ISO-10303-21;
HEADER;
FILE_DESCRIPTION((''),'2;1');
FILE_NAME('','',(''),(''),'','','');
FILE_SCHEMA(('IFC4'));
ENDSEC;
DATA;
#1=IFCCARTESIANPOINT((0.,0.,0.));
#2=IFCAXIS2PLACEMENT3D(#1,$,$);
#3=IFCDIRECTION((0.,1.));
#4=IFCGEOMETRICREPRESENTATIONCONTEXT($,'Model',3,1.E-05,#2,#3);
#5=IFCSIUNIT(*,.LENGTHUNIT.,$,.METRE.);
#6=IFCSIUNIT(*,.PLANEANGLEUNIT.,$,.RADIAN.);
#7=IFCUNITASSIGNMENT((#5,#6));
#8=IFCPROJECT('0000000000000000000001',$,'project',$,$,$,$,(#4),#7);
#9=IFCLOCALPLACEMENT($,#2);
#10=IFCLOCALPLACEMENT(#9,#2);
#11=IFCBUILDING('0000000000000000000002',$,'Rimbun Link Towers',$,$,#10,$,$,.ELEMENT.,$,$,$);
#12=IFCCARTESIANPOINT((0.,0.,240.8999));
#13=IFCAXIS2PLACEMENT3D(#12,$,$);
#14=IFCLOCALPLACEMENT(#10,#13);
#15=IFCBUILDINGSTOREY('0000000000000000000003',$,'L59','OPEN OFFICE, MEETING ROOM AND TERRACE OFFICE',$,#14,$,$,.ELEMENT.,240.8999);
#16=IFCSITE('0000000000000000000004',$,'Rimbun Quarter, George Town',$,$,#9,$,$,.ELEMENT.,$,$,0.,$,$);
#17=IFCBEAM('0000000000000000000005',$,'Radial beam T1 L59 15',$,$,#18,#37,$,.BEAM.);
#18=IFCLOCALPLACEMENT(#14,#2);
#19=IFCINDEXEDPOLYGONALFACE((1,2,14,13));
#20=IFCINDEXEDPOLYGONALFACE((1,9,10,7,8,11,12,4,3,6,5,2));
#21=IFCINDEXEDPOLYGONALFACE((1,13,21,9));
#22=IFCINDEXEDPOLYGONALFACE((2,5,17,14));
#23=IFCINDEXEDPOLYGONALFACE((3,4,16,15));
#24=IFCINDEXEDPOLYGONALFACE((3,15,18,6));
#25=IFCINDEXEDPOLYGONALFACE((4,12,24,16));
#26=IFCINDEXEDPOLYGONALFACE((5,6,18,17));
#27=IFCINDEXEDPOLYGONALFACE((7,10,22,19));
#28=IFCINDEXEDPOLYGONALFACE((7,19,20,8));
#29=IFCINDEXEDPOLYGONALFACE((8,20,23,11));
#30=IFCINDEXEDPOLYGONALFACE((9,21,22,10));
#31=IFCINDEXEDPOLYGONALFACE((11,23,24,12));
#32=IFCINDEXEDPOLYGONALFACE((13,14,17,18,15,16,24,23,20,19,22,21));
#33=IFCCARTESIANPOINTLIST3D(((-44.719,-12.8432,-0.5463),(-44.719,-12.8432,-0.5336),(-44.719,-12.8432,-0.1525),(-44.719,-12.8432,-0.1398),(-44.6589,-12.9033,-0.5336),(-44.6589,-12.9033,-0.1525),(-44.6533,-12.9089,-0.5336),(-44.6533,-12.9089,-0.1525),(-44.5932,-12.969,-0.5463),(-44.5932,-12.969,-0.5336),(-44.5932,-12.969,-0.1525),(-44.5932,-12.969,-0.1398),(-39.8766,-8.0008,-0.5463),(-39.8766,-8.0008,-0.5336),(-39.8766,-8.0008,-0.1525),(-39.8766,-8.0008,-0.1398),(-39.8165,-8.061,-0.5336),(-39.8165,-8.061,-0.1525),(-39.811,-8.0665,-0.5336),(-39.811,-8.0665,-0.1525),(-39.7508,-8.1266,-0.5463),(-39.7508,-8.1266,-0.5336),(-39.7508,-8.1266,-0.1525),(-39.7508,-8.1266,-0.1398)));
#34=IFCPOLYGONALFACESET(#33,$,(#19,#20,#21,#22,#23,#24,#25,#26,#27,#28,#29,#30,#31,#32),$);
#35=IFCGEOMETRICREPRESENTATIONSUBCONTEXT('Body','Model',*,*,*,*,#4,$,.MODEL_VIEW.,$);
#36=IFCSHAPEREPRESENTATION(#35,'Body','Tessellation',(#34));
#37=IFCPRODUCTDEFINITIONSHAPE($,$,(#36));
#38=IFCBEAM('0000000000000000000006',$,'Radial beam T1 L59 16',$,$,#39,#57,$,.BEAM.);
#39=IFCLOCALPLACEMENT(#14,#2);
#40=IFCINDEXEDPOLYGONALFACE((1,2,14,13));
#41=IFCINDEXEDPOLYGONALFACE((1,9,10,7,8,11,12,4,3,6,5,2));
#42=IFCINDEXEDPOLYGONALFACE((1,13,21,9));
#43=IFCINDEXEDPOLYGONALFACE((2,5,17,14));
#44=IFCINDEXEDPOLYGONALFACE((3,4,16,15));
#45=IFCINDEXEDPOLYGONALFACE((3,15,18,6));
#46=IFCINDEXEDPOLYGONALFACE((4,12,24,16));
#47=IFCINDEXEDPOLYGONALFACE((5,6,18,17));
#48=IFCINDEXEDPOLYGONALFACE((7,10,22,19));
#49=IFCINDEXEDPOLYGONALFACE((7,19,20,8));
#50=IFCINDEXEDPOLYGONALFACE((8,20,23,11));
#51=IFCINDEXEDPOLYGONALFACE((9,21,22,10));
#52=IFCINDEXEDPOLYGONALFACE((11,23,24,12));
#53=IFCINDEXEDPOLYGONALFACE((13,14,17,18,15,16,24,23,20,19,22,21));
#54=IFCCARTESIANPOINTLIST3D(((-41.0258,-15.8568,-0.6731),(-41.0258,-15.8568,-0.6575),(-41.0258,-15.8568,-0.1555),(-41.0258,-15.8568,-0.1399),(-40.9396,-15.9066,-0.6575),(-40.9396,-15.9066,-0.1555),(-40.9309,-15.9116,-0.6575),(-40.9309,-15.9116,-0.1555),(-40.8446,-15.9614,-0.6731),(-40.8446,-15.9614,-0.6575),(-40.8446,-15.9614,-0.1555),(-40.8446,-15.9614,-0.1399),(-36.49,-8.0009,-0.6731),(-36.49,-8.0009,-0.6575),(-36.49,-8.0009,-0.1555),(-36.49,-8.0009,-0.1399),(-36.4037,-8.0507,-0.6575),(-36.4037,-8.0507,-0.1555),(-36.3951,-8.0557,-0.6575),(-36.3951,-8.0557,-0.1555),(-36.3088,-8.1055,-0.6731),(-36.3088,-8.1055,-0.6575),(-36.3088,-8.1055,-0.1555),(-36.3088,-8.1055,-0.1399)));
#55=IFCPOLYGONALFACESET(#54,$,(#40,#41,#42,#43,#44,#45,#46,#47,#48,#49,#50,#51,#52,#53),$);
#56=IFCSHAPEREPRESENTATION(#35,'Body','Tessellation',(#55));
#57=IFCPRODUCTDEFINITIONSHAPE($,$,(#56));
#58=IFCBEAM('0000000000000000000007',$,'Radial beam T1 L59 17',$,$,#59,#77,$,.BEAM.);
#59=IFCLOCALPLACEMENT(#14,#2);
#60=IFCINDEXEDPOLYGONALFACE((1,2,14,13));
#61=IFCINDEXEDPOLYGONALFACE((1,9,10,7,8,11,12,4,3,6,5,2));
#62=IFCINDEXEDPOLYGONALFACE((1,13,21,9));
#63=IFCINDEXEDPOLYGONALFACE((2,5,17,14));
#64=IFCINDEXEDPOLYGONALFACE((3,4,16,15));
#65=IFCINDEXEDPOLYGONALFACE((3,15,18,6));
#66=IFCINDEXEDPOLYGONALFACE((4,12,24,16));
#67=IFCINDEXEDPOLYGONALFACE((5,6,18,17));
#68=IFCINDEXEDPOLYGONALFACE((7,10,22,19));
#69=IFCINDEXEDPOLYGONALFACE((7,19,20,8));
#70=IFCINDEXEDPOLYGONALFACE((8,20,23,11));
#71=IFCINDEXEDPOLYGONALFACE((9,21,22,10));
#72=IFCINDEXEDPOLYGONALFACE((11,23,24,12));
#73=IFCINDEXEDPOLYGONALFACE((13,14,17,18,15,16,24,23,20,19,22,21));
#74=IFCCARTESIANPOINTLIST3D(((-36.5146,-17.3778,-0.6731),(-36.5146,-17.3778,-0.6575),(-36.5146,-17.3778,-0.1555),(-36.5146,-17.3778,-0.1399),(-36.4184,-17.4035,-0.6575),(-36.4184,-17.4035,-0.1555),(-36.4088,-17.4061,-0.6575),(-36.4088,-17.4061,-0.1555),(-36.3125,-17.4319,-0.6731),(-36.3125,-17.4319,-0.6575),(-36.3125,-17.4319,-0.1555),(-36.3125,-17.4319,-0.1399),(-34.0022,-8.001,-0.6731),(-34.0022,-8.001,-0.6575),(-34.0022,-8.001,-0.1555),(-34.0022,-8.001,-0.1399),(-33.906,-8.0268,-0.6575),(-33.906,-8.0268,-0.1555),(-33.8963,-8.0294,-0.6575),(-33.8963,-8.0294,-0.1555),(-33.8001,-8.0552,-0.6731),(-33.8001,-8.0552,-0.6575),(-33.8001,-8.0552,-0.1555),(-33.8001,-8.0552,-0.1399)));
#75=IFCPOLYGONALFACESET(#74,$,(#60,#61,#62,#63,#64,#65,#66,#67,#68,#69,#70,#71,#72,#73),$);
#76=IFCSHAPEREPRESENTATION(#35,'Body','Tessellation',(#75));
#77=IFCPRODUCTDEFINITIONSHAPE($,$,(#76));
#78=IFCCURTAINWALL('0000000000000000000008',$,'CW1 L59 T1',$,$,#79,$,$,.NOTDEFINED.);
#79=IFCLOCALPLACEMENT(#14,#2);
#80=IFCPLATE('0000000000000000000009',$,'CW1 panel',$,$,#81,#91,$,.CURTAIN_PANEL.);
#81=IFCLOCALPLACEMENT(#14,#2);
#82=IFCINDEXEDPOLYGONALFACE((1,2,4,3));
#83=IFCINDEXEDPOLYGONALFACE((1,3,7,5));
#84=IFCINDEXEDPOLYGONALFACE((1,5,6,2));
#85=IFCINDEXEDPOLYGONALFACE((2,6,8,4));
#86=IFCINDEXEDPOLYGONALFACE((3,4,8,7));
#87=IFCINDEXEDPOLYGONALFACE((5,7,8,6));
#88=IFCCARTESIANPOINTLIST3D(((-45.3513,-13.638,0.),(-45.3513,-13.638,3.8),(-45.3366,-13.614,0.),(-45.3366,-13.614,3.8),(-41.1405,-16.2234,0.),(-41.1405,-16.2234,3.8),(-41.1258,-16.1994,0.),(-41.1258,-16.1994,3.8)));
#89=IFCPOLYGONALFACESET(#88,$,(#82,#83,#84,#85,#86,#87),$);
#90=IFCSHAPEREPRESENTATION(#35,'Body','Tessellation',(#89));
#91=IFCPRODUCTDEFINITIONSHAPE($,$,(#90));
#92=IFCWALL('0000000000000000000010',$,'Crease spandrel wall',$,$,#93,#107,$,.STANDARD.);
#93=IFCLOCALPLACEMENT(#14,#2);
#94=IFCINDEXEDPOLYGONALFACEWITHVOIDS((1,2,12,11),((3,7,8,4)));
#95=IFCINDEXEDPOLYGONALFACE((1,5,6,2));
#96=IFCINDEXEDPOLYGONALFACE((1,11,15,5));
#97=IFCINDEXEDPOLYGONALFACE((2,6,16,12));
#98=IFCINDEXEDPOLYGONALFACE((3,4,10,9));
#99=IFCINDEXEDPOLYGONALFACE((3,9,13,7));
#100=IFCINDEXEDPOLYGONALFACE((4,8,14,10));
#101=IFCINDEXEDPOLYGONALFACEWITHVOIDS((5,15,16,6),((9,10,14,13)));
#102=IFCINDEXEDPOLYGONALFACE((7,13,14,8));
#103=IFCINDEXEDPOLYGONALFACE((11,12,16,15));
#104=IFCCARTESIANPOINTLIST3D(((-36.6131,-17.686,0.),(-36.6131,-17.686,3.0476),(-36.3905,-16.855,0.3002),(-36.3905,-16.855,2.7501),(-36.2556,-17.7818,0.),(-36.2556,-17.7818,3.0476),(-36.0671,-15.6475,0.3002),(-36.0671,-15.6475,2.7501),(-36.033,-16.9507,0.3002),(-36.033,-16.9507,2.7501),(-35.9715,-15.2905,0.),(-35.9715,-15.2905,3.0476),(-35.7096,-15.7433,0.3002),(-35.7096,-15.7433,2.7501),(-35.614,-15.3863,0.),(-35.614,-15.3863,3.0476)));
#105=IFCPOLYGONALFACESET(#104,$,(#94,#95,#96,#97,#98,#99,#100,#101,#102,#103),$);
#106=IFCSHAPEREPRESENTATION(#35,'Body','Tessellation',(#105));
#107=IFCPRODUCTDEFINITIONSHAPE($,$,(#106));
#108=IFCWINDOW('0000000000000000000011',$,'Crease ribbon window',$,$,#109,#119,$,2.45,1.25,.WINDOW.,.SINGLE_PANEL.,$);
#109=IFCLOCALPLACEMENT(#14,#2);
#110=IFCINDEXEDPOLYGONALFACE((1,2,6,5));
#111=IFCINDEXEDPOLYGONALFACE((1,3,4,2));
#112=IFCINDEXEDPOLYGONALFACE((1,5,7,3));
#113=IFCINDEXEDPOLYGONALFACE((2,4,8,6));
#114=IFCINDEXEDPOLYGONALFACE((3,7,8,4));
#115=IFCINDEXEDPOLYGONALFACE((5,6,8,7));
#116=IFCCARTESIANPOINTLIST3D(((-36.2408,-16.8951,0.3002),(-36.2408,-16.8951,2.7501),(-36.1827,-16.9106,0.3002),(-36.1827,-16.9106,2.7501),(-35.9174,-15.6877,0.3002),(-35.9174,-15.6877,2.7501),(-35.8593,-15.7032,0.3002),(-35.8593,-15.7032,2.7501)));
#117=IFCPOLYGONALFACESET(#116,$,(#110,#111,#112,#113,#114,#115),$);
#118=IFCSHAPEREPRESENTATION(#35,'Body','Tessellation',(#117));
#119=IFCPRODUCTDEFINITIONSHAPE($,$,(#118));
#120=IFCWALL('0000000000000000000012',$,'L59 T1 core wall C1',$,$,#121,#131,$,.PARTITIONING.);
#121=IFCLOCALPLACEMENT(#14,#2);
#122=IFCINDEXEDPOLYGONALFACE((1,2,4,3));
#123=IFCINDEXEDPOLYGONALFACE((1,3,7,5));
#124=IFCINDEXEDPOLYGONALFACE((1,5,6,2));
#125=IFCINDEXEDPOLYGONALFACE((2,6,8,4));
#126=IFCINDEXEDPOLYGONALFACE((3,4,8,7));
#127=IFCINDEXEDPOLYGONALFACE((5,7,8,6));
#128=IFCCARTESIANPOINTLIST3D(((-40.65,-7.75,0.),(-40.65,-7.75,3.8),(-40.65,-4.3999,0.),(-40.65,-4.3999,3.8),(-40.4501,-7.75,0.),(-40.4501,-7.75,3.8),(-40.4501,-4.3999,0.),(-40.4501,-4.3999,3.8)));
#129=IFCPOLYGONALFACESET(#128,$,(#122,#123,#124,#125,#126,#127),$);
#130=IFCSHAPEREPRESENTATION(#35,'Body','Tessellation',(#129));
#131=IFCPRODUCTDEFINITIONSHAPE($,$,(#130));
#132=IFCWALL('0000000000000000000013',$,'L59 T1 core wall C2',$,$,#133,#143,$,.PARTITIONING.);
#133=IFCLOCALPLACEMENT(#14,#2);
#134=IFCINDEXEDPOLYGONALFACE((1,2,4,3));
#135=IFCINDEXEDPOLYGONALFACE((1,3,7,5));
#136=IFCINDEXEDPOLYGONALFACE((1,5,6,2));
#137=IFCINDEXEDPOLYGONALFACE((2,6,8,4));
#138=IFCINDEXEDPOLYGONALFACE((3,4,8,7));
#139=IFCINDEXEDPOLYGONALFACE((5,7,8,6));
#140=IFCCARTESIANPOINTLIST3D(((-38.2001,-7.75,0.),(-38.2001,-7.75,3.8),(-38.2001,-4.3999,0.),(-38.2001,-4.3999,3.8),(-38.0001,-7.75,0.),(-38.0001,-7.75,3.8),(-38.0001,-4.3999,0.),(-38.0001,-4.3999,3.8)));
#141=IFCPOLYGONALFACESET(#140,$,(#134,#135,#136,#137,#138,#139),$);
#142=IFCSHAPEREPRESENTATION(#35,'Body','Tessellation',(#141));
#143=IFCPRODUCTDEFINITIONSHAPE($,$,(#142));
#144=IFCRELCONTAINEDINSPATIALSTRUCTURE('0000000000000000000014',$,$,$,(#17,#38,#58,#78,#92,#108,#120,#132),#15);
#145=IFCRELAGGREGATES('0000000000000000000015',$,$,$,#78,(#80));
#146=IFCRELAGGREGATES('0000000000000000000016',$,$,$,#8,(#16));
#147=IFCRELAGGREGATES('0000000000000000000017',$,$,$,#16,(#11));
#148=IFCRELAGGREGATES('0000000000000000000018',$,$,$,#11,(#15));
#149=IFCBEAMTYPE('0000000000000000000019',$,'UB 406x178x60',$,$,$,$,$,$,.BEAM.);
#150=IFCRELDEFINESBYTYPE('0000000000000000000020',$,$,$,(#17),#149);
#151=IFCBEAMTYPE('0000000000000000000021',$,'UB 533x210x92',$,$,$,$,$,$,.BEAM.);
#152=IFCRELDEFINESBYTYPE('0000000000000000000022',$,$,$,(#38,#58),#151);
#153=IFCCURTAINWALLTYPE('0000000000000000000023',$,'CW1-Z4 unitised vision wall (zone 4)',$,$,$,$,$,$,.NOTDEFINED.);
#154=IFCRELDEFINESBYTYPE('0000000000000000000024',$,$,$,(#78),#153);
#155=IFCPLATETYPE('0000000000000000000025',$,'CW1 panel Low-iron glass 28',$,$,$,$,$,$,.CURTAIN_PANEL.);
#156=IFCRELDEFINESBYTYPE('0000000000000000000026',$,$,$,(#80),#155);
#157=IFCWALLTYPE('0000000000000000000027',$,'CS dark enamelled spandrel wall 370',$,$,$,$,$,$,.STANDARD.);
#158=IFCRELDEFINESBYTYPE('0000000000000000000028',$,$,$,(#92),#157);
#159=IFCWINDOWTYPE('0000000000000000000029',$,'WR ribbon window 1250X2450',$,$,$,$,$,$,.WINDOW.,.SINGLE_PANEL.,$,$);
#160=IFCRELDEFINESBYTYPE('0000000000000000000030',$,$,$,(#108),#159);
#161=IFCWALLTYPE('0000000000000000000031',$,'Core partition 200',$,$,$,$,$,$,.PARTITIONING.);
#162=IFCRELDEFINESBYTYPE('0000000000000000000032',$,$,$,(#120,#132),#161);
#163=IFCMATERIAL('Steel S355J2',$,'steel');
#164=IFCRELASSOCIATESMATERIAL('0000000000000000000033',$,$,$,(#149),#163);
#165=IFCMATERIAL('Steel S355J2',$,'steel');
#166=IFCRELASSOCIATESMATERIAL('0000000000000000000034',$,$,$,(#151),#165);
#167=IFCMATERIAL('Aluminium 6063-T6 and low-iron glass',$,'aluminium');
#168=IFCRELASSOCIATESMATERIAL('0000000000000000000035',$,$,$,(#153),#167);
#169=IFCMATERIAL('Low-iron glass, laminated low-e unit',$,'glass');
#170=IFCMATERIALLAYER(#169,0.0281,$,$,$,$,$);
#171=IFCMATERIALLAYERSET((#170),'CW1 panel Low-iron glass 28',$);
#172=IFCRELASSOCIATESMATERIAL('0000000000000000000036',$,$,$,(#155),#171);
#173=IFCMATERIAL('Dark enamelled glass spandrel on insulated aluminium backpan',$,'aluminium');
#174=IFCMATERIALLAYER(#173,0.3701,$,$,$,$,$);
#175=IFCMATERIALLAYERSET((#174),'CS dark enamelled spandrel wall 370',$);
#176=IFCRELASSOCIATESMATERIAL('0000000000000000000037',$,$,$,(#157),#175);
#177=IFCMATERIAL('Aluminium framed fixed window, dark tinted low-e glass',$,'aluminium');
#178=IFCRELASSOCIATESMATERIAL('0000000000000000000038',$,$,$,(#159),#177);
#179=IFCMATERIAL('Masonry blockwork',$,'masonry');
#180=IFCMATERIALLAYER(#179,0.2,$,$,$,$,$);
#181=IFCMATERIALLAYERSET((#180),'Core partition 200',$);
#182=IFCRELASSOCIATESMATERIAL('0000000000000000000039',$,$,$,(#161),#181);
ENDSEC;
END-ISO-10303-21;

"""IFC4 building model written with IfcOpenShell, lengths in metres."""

from ifc_helpers import new_model, si_unit, direction, frame, frame_2d, origin, origin_2d, place, context, subcontext, project, spatial, rectangle, i_section, extrude, material, layer, layer_set, material_profile, profile_set, type_object, element, fill, aggregate, save


model = new_model("IFC4")

# Units and contexts
model_context = context("Model", 3, precision=1e-05, world=origin(), true_north=direction((0.0, 1.0)))
body_context = subcontext(model_context, "Body", "Model", "MODEL_VIEW")
ifc_project = project(units=[si_unit("LENGTHUNIT", "METRE"), si_unit("PLANEANGLEUNIT", "RADIAN")], contexts=[model_context])

# Site, building, storey
site_placement = place(None, origin())
site = spatial("IfcSite", under=ifc_project, at=site_placement, Name="Rimbun Quarter, George Town", CompositionType="ELEMENT", RefElevation=0.0)
building_placement = place(site_placement, origin())
building = spatial("IfcBuilding", under=site, at=building_placement, Name="Rimbun Link Towers", CompositionType="ELEMENT")
storey_placement = place(building_placement, frame((0.0, 0.0, 240.8999)))
storey = spatial("IfcBuildingStorey", under=building, at=storey_placement, Name="L59", Description="OPEN OFFICE, MEETING ROOM AND TERRACE OFFICE", CompositionType="ELEMENT", Elevation=240.8999)

# Beams
ifc_material_1 = material(Name="Steel S355J2", Category="steel")
ifc_material_profile_1 = material_profile(ifc_material_1, i_section(OverallWidth=0.178, OverallDepth=0.4065, WebThickness=0.0078, FlangeThickness=0.0127, at=origin_2d()), Name="UB 406x178x60")
ifc_profile_set_1 = profile_set([ifc_material_profile_1], Name="Steel S355J2")
beam_type_1 = type_object("IfcBeamType", Name="UB 406x178x60", PredefinedType="BEAM", material=ifc_profile_set_1)
beam_1_placement = place(storey_placement, frame((-39.8137, -8.0637, -0.343), z_axis=(-0.707107, -0.707107, 0.0), x_axis=(0.707107, -0.707107, 0.0)))
element("IfcBeam", 1, at=beam_1_placement, inside=storey, type_object=beam_type_1, Name="Radial beam T1 L59 15", PredefinedType="BEAM", context=body_context, shape_type="SweptSolid", body=[
    extrude(i_section(OverallWidth=0.178, OverallDepth=0.4065, WebThickness=0.0078, FlangeThickness=0.0127, at=origin_2d()), origin(), (0.0, 0.0, 1.0), 6.8481),
])
ifc_material_2 = material(Name="Steel S355J2", Category="steel")
ifc_material_profile_2 = material_profile(ifc_material_2, i_section(OverallWidth=0.2092, OverallDepth=0.5332, WebThickness=0.01, FlangeThickness=0.0156, at=origin_2d()), Name="UB 533x210x92")
ifc_profile_set_2 = profile_set([ifc_material_profile_2], Name="Steel S355J2")
beam_type_2 = type_object("IfcBeamType", Name="UB 533x210x92", PredefinedType="BEAM", material=ifc_profile_set_2)
beam_2_placement = place(storey_placement, frame((-36.3994, -8.0532, -0.4065), z_axis=(-0.500021, -0.866013, 0.0), x_axis=(0.866013, -0.500021, 0.0)))
element("IfcBeam", 2, at=beam_2_placement, inside=storey, type_object=beam_type_2, Name="Radial beam T1 L59 16", PredefinedType="BEAM", context=body_context, shape_type="SweptSolid", body=[
    extrude(i_section(OverallWidth=0.2092, OverallDepth=0.5332, WebThickness=0.01, FlangeThickness=0.0156, at=origin_2d()), origin(), (0.0, 0.0, 1.0), 9.0713),
])
beam_3_placement = place(storey_placement, frame((-33.9011, -8.0281, -0.4065), z_axis=(-0.258816, -0.965927, 0.0), x_axis=(0.965927, -0.258816, 0.0)))
element("IfcBeam", 3, at=beam_3_placement, inside=storey, type_object=beam_type_2, Name="Radial beam T1 L59 17", PredefinedType="BEAM", context=body_context, shape_type="SweptSolid", body=[
    extrude(i_section(OverallWidth=0.2092, OverallDepth=0.5332, WebThickness=0.01, FlangeThickness=0.0156, at=origin_2d()), origin(), (0.0, 0.0, 1.0), 9.7075),
])

# Curtain wall, plate
ifc_material_3 = material(Name="Aluminium 6063-T6 and low-iron glass", Category="aluminium")
curtain_wall_type = type_object("IfcCurtainWallType", Name="CW1-Z4 unitised vision wall (zone 4)", PredefinedType="NOTDEFINED", material=ifc_material_3)
curtain_wall_placement = place(storey_placement, origin())
curtain_wall = element("IfcCurtainWall", 4, at=curtain_wall_placement, inside=storey, type_object=curtain_wall_type, Name="CW1 L59 T1", PredefinedType="NOTDEFINED")
ifc_material_4 = material(Name="Low-iron glass, laminated low-e unit", Category="glass")
ifc_layer_1 = layer(ifc_material_4, 0.0281)
ifc_layer_set_1 = layer_set([ifc_layer_1], Name="CW1 panel Low-iron glass 28")
plate_type = type_object("IfcPlateType", Name="CW1 panel Low-iron glass 28", PredefinedType="CURTAIN_PANEL", material=ifc_layer_set_1)
plate_placement = place(storey_placement, frame((-43.2385, -14.9187, 0.0), z_axis=(0.0, 0.0, 1.0), x_axis=(-0.852185, 0.52324, 0.0)))
plate = element("IfcPlate", 5, at=plate_placement, type_object=plate_type, Name="CW1 panel", PredefinedType="CURTAIN_PANEL", context=body_context, shape_type="SweptSolid", body=[
    extrude(rectangle(XDim=4.9412, YDim=0.0281, at=origin_2d()), origin(), (0.0, 0.0, 1.0), 3.8),
])
aggregate(curtain_wall, [plate])

# Wall, opening, window
ifc_material_5 = material(Name="Dark enamelled glass spandrel on insulated aluminium backpan", Category="aluminium")
ifc_layer_2 = layer(ifc_material_5, 0.3701)
ifc_layer_set_2 = layer_set([ifc_layer_2], Name="CS dark enamelled spandrel wall 370")
wall_type_1 = type_object("IfcWallType", Name="CS dark enamelled spandrel wall 370", PredefinedType="STANDARD", material=ifc_layer_set_2)
wall_1_placement = place(storey_placement, frame((-35.7927, -15.3384, 0.0), z_axis=(0.0, 0.0, 1.0), x_axis=(-0.258716, -0.965953, 0.0)))
wall_1 = element("IfcWall", 6, at=wall_1_placement, inside=storey, type_object=wall_type_1, Name="Crease spandrel wall", PredefinedType="STANDARD", context=body_context, shape_type="SweptSolid", body=[
    extrude(rectangle(XDim=2.48, YDim=0.3701, at=frame_2d((1.24, 0.0))), origin(), (0.0, 0.0, 1.0), 3.0476),
])
opening_1_placement = place(wall_1_placement, frame((0.3696, 0.0, 0.3)))
opening_1 = element("IfcOpeningElement", 7, at=opening_1_placement, cuts=wall_1, PredefinedType="OPENING", context=body_context, shape_type="SweptSolid", body=[
    extrude(rectangle(XDim=1.25, YDim=2.45, at=frame_2d((0.625, 1.2251))), frame((0.0, 0.1951, 0.0), z_axis=(0.0, -1.0, 0.0), x_axis=(1.0, 0.0, 0.0)), (0.0, 0.0, 1.0), 0.3901),
])
ifc_material_6 = material(Name="Aluminium framed fixed window, dark tinted low-e glass", Category="aluminium")
window_type = type_object("IfcWindowType", Name="WR ribbon window 1250X2450", PartitioningType="SINGLE_PANEL", PredefinedType="WINDOW", material=ifc_material_6)
window_placement = place(opening_1_placement, origin())
window = element("IfcWindow", 8, at=window_placement, inside=storey, type_object=window_type, Name="Crease ribbon window", OverallHeight=2.45, OverallWidth=1.25, PartitioningType="SINGLE_PANEL", PredefinedType="WINDOW", context=body_context, shape_type="SweptSolid", body=[
    extrude(rectangle(XDim=1.25, YDim=2.45, at=frame_2d((0.625, 1.2251))), frame((0.0, 0.03, 0.0), z_axis=(0.0, -1.0, 0.0), x_axis=(1.0, 0.0, 0.0)), (0.0, 0.0, 1.0), 0.0601),
])
fill(opening_1, window)

# Walls
ifc_material_7 = material(Name="Masonry blockwork", Category="masonry")
ifc_layer_3 = layer(ifc_material_7, 0.2)
ifc_layer_set_3 = layer_set([ifc_layer_3], Name="Core partition 200")
wall_type_2 = type_object("IfcWallType", Name="Core partition 200", PredefinedType="PARTITIONING", material=ifc_layer_set_3)
for number, where, z_axis, x_axis, name in (
    (9, (-40.55, -4.3999, 0.0), (0.0, 0.0, 1.0), (0.0, -1.0, 0.0), "L59 T1 core wall C1"),
    (10, (-38.1001, -4.3999, 0.0), (0.0, 0.0, 1.0), (0.0, -1.0, 0.0), "L59 T1 core wall C2"),
):
    element("IfcWall", number, at=place(storey_placement, frame(where, z_axis=z_axis, x_axis=x_axis)), inside=storey, type_object=wall_type_2, Name=name, PredefinedType="PARTITIONING", context=body_context, shape_type="SweptSolid", body=[
        extrude(rectangle(XDim=3.3501, YDim=0.2, at=frame_2d((1.675, 0.0))), origin(), (0.0, 0.0, 1.0), 3.8),
    ])

save(model, "model.ifc")
